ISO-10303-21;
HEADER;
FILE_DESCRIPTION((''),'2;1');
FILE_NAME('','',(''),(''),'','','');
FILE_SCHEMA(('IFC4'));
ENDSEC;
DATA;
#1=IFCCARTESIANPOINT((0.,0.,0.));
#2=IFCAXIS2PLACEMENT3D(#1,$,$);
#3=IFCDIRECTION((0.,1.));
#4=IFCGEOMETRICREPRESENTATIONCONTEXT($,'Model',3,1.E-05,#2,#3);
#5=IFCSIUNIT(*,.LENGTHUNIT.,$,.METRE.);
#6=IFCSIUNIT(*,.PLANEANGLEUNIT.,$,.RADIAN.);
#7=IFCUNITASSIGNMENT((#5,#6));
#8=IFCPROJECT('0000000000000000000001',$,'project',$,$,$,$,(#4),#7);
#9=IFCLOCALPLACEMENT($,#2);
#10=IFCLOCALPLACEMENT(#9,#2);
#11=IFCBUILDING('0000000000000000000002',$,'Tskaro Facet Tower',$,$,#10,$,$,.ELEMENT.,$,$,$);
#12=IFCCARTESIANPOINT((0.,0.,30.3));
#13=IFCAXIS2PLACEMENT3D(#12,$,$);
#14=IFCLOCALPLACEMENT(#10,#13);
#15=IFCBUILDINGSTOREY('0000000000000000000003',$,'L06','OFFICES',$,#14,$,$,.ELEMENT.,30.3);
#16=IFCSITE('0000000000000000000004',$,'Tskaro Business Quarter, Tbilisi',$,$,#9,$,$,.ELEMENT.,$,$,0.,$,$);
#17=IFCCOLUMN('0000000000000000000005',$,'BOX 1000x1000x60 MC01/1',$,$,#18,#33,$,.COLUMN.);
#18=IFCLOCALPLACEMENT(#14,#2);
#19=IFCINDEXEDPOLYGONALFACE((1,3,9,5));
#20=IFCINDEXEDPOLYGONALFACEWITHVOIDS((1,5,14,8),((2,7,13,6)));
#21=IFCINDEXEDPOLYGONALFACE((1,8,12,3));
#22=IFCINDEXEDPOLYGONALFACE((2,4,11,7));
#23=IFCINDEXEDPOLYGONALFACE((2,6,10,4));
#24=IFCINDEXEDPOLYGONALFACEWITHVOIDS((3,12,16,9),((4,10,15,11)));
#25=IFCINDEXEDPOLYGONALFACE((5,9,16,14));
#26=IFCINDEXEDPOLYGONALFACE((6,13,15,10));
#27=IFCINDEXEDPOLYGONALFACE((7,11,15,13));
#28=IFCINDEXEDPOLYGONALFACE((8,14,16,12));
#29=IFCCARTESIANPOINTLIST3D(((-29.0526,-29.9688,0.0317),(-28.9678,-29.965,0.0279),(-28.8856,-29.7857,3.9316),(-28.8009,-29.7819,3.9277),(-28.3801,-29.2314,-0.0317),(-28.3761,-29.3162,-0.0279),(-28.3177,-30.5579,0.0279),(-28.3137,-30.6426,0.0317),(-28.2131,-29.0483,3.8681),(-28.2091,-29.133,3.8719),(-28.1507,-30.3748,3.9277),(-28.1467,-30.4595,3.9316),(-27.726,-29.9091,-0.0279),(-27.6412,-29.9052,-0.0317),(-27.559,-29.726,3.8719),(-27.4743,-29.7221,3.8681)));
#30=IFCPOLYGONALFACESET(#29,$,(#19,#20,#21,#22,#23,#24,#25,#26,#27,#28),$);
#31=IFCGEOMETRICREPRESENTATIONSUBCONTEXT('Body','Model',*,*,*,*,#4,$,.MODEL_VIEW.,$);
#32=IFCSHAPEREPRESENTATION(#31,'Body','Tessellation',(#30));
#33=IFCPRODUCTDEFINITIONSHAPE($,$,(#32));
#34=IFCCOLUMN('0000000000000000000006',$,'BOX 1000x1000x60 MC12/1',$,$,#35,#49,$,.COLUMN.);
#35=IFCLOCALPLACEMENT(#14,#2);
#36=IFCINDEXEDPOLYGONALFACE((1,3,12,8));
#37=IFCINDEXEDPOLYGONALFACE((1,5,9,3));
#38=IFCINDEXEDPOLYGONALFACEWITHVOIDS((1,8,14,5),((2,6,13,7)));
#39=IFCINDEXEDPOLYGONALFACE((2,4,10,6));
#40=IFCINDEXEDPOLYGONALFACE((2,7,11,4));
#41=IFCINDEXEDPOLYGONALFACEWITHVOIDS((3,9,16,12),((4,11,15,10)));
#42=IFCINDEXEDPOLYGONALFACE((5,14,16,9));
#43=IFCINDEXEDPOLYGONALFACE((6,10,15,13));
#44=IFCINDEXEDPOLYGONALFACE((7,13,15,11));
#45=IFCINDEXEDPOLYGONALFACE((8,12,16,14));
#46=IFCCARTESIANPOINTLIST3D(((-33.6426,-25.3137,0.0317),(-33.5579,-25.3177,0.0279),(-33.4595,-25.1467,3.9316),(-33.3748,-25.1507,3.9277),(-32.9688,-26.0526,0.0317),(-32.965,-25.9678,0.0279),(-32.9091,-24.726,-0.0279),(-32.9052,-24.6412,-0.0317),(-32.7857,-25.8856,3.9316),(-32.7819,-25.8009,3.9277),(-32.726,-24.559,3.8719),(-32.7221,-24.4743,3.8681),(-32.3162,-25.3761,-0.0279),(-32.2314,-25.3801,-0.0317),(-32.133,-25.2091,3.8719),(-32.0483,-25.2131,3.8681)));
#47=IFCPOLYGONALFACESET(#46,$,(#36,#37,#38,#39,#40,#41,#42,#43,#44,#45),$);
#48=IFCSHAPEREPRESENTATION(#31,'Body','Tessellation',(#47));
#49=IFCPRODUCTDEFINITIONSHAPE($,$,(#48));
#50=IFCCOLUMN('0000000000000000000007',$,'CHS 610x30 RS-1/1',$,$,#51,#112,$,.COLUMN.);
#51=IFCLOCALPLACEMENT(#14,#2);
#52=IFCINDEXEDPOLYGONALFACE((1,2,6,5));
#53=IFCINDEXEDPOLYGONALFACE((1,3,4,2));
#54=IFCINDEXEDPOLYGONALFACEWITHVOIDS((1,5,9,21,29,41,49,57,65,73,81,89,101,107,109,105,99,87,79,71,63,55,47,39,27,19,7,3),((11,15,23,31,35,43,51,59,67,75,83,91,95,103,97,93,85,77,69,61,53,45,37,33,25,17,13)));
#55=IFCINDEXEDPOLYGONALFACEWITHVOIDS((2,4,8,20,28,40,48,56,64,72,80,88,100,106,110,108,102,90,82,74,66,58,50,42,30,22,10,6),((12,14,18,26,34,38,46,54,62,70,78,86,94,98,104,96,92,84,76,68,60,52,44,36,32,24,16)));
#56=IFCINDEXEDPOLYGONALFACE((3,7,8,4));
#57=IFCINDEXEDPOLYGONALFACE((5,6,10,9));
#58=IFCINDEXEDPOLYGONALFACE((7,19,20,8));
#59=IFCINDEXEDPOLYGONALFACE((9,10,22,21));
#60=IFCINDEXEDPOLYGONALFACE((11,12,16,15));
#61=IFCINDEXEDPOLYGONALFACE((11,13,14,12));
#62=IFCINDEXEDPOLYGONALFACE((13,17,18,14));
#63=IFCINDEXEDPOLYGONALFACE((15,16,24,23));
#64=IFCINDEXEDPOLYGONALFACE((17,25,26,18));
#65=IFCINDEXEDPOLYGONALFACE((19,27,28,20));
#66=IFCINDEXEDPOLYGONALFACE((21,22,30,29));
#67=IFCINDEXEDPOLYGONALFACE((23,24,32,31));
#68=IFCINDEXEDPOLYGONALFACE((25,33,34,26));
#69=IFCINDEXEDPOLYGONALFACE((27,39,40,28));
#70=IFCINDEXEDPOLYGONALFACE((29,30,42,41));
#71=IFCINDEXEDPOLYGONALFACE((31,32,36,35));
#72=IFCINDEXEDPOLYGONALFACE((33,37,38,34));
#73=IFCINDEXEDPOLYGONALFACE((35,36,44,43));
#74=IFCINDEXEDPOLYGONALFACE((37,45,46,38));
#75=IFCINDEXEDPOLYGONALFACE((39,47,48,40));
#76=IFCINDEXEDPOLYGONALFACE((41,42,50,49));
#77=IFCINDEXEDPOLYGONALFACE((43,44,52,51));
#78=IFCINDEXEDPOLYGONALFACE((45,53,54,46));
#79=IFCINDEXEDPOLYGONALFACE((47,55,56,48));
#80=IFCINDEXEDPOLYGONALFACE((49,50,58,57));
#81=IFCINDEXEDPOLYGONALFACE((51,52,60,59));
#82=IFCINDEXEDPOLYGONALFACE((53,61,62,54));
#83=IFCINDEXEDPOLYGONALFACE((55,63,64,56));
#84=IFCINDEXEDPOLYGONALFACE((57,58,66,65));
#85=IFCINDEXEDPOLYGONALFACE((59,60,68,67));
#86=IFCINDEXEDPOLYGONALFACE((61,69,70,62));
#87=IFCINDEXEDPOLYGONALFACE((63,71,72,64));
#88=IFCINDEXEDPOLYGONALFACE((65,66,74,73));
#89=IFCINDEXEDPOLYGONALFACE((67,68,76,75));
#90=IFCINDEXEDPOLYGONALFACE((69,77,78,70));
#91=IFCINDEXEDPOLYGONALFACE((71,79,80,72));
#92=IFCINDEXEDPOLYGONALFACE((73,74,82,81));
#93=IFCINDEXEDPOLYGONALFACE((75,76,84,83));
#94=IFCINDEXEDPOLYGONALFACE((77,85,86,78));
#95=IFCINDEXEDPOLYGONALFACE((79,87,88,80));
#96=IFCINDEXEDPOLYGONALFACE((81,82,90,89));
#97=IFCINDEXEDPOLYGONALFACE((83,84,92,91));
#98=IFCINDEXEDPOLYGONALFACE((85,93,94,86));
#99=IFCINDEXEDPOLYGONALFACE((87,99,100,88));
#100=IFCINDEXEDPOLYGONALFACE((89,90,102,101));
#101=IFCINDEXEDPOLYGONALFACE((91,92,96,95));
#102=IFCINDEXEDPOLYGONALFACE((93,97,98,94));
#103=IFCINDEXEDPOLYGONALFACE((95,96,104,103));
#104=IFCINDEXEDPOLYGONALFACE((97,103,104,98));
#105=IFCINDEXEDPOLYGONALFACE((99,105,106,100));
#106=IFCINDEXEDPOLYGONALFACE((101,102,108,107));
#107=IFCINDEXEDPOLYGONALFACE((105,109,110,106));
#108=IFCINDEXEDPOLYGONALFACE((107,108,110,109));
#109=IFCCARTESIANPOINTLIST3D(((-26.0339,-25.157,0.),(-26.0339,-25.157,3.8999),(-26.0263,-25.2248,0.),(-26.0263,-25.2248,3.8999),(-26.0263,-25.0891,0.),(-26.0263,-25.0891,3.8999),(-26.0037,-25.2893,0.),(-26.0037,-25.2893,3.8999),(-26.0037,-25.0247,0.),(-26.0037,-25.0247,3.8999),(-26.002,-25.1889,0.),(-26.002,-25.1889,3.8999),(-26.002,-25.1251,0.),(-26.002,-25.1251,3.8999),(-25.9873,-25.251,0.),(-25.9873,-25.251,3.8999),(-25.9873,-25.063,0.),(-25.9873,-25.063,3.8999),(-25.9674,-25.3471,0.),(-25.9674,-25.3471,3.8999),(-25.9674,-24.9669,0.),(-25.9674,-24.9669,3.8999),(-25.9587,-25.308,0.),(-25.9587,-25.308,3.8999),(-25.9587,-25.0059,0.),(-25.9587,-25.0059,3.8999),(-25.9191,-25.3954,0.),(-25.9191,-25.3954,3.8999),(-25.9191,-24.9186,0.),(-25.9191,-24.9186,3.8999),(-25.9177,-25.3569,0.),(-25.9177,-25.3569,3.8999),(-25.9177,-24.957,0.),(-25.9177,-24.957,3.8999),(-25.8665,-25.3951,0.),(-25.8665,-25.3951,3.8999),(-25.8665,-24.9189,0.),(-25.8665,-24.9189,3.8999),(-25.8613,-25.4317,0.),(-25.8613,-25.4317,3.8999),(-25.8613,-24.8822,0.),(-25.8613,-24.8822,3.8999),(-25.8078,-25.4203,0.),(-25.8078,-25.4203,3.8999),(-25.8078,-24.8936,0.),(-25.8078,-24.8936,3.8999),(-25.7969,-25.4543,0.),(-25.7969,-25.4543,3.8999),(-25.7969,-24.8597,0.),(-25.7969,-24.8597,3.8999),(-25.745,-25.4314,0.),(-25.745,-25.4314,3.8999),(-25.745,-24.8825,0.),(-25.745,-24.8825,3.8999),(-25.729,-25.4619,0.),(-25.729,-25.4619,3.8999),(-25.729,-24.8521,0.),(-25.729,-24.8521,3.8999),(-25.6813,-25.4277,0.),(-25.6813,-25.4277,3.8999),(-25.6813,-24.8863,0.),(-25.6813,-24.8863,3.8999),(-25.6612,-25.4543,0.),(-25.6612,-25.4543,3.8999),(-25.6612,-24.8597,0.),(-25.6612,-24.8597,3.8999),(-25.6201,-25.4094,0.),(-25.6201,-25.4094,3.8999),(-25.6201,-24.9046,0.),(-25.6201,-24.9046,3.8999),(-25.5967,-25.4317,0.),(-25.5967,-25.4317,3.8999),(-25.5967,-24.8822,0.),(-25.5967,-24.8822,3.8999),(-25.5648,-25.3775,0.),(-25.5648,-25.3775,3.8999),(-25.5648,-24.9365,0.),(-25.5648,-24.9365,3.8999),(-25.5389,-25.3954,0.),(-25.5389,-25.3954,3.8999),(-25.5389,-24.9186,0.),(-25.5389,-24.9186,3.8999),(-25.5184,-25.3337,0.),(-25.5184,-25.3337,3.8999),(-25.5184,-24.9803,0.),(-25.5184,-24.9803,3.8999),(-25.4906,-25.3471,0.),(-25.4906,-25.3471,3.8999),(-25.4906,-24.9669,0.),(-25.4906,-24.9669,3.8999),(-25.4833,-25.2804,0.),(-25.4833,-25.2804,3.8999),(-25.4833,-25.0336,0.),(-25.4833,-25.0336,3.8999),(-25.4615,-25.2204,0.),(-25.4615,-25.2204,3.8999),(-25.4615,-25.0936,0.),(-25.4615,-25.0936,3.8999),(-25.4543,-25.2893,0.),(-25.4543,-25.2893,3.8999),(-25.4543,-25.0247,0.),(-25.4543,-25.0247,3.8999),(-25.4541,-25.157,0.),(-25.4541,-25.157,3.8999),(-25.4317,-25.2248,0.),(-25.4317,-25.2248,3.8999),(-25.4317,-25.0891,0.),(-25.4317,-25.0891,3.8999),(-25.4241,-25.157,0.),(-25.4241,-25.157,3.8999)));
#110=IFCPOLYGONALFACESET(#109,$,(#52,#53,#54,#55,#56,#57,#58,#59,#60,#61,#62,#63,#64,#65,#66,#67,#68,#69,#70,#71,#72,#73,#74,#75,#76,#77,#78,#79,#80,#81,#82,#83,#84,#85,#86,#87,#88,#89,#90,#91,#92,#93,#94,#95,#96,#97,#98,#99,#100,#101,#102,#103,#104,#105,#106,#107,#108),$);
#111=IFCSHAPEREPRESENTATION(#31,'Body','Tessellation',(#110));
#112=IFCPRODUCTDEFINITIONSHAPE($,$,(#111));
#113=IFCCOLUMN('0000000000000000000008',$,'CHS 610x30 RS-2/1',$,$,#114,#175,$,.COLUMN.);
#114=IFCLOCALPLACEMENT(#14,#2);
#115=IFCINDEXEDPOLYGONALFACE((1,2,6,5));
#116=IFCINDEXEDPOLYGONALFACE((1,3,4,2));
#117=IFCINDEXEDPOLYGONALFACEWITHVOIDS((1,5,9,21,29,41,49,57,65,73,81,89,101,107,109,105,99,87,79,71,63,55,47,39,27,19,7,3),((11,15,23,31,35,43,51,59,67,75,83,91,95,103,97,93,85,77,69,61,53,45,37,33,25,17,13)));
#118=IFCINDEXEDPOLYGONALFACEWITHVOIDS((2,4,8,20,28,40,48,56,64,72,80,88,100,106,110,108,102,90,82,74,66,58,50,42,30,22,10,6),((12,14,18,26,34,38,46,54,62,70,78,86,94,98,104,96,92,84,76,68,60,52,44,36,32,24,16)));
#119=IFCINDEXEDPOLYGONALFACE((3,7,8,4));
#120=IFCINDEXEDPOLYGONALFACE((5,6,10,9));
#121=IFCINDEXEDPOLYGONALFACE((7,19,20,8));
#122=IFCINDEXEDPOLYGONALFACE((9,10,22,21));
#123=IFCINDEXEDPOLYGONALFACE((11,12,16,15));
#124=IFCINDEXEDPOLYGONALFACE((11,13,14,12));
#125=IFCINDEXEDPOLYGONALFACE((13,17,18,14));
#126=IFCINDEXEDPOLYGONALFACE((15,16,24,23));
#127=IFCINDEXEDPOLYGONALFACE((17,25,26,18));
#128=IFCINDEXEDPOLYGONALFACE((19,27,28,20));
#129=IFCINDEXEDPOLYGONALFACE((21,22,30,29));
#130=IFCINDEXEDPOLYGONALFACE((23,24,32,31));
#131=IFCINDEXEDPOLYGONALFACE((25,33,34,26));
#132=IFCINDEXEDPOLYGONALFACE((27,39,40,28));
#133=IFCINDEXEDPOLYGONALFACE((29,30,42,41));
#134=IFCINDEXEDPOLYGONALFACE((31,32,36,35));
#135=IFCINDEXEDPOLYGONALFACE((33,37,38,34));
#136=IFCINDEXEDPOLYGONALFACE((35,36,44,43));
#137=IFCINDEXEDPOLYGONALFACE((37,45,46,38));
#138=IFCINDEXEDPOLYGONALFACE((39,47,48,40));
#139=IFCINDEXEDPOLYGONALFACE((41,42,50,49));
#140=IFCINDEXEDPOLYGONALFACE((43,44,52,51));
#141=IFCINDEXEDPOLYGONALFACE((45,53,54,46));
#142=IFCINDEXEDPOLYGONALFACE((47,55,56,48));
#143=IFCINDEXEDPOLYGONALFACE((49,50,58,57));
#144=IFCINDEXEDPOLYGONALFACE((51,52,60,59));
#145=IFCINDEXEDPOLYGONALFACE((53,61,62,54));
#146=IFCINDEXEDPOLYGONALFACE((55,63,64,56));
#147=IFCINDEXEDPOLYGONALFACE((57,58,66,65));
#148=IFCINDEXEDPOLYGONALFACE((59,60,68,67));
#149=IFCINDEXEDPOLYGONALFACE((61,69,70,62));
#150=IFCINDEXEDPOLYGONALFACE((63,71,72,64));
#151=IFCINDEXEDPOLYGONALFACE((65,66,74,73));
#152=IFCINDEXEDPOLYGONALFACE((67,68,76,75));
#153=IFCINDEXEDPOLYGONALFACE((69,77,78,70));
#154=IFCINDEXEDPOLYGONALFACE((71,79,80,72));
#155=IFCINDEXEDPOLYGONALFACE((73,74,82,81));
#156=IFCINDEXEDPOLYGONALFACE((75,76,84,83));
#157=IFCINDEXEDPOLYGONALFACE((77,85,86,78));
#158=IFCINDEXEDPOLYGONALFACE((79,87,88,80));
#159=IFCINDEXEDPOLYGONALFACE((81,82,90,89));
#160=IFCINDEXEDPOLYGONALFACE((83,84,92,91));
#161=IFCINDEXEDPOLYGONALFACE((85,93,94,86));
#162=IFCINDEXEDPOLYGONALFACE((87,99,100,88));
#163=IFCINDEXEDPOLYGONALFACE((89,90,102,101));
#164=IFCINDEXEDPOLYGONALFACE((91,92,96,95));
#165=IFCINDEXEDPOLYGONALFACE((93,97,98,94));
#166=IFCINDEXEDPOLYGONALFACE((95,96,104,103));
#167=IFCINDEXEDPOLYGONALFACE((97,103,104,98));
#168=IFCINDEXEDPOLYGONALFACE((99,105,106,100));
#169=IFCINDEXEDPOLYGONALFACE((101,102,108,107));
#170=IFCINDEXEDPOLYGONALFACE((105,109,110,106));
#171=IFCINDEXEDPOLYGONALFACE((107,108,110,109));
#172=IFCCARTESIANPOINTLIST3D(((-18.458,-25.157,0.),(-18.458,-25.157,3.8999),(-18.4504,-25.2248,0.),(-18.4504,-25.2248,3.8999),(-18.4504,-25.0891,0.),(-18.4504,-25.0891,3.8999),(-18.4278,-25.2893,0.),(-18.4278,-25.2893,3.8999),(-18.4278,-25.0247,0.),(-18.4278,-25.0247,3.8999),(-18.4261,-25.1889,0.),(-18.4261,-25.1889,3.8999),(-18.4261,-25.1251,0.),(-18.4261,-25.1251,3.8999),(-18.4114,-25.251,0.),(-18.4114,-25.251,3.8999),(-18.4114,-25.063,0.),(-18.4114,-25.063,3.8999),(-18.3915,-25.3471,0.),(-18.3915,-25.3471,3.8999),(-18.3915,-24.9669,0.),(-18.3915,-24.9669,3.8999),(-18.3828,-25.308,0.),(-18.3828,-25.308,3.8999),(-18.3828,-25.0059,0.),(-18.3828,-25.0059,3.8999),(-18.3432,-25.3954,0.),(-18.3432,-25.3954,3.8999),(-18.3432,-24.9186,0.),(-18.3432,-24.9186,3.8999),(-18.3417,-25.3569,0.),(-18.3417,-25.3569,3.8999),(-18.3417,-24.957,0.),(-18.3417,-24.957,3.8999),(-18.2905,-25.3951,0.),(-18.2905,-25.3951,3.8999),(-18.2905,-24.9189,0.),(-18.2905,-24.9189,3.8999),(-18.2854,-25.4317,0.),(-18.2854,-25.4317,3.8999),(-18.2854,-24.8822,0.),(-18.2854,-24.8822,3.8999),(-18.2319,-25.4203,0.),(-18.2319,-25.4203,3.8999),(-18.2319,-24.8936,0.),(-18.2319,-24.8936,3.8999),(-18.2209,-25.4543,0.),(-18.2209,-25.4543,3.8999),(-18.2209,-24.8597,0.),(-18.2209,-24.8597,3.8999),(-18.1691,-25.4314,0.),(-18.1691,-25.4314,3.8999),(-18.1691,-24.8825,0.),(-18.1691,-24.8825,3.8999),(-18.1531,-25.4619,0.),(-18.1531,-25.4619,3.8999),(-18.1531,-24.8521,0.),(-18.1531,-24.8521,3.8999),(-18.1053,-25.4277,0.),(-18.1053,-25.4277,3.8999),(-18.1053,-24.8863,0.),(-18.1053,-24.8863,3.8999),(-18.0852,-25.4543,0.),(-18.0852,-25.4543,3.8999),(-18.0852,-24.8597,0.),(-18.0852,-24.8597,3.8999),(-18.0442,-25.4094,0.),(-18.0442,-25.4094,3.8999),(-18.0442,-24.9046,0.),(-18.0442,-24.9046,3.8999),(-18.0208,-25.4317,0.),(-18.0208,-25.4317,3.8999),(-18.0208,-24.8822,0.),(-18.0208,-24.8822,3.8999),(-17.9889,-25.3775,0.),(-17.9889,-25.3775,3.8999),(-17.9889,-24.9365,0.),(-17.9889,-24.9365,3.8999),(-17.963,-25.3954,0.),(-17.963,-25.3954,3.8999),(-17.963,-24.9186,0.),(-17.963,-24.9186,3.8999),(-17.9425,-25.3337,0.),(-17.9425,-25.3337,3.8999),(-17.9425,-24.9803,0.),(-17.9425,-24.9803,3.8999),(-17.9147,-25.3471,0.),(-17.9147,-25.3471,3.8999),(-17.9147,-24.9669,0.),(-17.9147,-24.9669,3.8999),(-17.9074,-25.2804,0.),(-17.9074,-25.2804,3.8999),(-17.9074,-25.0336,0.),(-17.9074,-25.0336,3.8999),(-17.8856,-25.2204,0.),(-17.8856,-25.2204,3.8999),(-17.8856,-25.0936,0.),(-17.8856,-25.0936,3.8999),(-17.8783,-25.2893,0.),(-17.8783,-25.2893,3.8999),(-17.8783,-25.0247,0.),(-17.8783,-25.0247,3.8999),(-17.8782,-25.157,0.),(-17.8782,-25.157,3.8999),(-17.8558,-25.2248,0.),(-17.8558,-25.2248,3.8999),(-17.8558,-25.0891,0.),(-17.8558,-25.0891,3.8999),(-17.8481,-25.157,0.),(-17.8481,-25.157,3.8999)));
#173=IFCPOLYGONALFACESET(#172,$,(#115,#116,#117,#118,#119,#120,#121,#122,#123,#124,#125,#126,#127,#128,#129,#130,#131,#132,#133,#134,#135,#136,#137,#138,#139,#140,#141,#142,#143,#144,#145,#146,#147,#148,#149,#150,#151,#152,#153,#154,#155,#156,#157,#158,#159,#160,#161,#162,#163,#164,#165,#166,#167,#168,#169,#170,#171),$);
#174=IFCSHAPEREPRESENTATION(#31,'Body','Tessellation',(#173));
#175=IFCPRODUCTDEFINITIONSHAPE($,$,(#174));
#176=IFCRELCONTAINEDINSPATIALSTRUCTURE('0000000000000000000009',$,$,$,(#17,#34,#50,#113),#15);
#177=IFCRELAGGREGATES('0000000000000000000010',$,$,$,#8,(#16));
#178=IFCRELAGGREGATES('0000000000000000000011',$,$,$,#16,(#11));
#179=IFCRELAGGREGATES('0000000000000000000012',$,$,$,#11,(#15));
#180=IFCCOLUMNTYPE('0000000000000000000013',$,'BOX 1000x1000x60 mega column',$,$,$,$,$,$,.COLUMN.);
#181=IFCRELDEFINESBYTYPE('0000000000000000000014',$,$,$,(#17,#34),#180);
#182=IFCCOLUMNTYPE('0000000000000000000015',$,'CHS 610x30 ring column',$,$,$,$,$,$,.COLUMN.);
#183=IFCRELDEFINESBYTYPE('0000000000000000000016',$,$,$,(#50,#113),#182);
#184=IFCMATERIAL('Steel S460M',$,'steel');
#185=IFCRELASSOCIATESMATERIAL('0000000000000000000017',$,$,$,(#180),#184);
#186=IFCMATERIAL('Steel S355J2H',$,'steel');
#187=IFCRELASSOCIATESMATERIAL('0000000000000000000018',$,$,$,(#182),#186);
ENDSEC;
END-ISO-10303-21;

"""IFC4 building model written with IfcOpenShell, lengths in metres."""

from ifc_helpers import new_model, si_unit, direction, frame, origin, origin_2d, place, context, subcontext, project, spatial, hollow_rectangle, hollow_circle, extrude, material, material_profile, profile_set, type_object, element, save


model = new_model("IFC4")

# Units and contexts
model_context = context("Model", 3, precision=1e-05, world=origin(), true_north=direction((0.0, 1.0)))
body_context = subcontext(model_context, "Body", "Model", "MODEL_VIEW")
ifc_project = project(units=[si_unit("LENGTHUNIT", "METRE"), si_unit("PLANEANGLEUNIT", "RADIAN")], contexts=[model_context])

# Site, building, storey
site_placement = place(None, origin())
site = spatial("IfcSite", under=ifc_project, at=site_placement, Name="Tskaro Business Quarter, Tbilisi", CompositionType="ELEMENT", RefElevation=0.0)
building_placement = place(site_placement, origin())
building = spatial("IfcBuilding", under=site, at=building_placement, Name="Tskaro Facet Tower", CompositionType="ELEMENT")
storey_placement = place(building_placement, frame((0.0, 0.0, 30.3)))
storey = spatial("IfcBuildingStorey", under=building, at=storey_placement, Name="L06", Description="OFFICES", CompositionType="ELEMENT", Elevation=30.3)

# Columns
ifc_material_1 = material(Name="Steel S460M", Category="steel")
ifc_material_profile_1 = material_profile(ifc_material_1, hollow_rectangle(XDim=1.0, YDim=1.0, WallThickness=0.0601, at=origin_2d()), Name="BOX 1000x1000x60")
ifc_profile_set_1 = profile_set([ifc_material_profile_1], Name="Steel S460M")
column_type_1 = type_object("IfcColumnType", Name="BOX 1000x1000x60 mega column", PredefinedType="COLUMN", material=ifc_profile_set_1)
for number, where, z_axis, x_axis, name in (
    (1, (-28.3469, -29.937, 0.0), (0.042733, 0.046857, 0.997987), (-0.738869, 0.673849, 0.0), "BOX 1000x1000x60 MC01/1"),
    (2, (-32.937, -25.3469, 0.0), (0.046857, 0.042733, 0.997987), (-0.673849, 0.738869, 0.0), "BOX 1000x1000x60 MC12/1"),
):
    element("IfcColumn", number, at=place(storey_placement, frame(where, z_axis=z_axis, x_axis=x_axis)), inside=storey, type_object=column_type_1, Name=name, PredefinedType="COLUMN", context=body_context, shape_type="SweptSolid", body=[
        extrude(hollow_rectangle(XDim=1.0, YDim=1.0, WallThickness=0.0601, at=origin_2d()), origin(), (0.0, 0.0, 1.0), 3.9077),
    ])
ifc_material_2 = material(Name="Steel S355J2H", Category="steel")
ifc_material_profile_2 = material_profile(ifc_material_2, hollow_circle(Radius=0.3049, WallThickness=0.03, at=origin_2d()), Name="CHS 610x30")
ifc_profile_set_2 = profile_set([ifc_material_profile_2], Name="Steel S355J2H")
column_type_2 = type_object("IfcColumnType", Name="CHS 610x30 ring column", PredefinedType="COLUMN", material=ifc_profile_set_2)
for number, where, z_axis, x_axis, name in (
    (3, (-25.729, -25.157, 0.0), (0.0, 0.0, 1.0), (1.0, 0.0, 0.0), "CHS 610x30 RS-1/1"),
    (4, (-18.1531, -25.157, 0.0), (0.0, 0.0, 1.0), (1.0, 0.0, 0.0), "CHS 610x30 RS-2/1"),
):
    element("IfcColumn", number, at=place(storey_placement, frame(where, z_axis=z_axis, x_axis=x_axis)), inside=storey, type_object=column_type_2, Name=name, PredefinedType="COLUMN", context=body_context, shape_type="SweptSolid", body=[
        extrude(hollow_circle(Radius=0.3049, WallThickness=0.03, at=origin_2d()), origin(), (0.0, 0.0, 1.0), 3.8999),
    ])

save(model, "model.ifc")
